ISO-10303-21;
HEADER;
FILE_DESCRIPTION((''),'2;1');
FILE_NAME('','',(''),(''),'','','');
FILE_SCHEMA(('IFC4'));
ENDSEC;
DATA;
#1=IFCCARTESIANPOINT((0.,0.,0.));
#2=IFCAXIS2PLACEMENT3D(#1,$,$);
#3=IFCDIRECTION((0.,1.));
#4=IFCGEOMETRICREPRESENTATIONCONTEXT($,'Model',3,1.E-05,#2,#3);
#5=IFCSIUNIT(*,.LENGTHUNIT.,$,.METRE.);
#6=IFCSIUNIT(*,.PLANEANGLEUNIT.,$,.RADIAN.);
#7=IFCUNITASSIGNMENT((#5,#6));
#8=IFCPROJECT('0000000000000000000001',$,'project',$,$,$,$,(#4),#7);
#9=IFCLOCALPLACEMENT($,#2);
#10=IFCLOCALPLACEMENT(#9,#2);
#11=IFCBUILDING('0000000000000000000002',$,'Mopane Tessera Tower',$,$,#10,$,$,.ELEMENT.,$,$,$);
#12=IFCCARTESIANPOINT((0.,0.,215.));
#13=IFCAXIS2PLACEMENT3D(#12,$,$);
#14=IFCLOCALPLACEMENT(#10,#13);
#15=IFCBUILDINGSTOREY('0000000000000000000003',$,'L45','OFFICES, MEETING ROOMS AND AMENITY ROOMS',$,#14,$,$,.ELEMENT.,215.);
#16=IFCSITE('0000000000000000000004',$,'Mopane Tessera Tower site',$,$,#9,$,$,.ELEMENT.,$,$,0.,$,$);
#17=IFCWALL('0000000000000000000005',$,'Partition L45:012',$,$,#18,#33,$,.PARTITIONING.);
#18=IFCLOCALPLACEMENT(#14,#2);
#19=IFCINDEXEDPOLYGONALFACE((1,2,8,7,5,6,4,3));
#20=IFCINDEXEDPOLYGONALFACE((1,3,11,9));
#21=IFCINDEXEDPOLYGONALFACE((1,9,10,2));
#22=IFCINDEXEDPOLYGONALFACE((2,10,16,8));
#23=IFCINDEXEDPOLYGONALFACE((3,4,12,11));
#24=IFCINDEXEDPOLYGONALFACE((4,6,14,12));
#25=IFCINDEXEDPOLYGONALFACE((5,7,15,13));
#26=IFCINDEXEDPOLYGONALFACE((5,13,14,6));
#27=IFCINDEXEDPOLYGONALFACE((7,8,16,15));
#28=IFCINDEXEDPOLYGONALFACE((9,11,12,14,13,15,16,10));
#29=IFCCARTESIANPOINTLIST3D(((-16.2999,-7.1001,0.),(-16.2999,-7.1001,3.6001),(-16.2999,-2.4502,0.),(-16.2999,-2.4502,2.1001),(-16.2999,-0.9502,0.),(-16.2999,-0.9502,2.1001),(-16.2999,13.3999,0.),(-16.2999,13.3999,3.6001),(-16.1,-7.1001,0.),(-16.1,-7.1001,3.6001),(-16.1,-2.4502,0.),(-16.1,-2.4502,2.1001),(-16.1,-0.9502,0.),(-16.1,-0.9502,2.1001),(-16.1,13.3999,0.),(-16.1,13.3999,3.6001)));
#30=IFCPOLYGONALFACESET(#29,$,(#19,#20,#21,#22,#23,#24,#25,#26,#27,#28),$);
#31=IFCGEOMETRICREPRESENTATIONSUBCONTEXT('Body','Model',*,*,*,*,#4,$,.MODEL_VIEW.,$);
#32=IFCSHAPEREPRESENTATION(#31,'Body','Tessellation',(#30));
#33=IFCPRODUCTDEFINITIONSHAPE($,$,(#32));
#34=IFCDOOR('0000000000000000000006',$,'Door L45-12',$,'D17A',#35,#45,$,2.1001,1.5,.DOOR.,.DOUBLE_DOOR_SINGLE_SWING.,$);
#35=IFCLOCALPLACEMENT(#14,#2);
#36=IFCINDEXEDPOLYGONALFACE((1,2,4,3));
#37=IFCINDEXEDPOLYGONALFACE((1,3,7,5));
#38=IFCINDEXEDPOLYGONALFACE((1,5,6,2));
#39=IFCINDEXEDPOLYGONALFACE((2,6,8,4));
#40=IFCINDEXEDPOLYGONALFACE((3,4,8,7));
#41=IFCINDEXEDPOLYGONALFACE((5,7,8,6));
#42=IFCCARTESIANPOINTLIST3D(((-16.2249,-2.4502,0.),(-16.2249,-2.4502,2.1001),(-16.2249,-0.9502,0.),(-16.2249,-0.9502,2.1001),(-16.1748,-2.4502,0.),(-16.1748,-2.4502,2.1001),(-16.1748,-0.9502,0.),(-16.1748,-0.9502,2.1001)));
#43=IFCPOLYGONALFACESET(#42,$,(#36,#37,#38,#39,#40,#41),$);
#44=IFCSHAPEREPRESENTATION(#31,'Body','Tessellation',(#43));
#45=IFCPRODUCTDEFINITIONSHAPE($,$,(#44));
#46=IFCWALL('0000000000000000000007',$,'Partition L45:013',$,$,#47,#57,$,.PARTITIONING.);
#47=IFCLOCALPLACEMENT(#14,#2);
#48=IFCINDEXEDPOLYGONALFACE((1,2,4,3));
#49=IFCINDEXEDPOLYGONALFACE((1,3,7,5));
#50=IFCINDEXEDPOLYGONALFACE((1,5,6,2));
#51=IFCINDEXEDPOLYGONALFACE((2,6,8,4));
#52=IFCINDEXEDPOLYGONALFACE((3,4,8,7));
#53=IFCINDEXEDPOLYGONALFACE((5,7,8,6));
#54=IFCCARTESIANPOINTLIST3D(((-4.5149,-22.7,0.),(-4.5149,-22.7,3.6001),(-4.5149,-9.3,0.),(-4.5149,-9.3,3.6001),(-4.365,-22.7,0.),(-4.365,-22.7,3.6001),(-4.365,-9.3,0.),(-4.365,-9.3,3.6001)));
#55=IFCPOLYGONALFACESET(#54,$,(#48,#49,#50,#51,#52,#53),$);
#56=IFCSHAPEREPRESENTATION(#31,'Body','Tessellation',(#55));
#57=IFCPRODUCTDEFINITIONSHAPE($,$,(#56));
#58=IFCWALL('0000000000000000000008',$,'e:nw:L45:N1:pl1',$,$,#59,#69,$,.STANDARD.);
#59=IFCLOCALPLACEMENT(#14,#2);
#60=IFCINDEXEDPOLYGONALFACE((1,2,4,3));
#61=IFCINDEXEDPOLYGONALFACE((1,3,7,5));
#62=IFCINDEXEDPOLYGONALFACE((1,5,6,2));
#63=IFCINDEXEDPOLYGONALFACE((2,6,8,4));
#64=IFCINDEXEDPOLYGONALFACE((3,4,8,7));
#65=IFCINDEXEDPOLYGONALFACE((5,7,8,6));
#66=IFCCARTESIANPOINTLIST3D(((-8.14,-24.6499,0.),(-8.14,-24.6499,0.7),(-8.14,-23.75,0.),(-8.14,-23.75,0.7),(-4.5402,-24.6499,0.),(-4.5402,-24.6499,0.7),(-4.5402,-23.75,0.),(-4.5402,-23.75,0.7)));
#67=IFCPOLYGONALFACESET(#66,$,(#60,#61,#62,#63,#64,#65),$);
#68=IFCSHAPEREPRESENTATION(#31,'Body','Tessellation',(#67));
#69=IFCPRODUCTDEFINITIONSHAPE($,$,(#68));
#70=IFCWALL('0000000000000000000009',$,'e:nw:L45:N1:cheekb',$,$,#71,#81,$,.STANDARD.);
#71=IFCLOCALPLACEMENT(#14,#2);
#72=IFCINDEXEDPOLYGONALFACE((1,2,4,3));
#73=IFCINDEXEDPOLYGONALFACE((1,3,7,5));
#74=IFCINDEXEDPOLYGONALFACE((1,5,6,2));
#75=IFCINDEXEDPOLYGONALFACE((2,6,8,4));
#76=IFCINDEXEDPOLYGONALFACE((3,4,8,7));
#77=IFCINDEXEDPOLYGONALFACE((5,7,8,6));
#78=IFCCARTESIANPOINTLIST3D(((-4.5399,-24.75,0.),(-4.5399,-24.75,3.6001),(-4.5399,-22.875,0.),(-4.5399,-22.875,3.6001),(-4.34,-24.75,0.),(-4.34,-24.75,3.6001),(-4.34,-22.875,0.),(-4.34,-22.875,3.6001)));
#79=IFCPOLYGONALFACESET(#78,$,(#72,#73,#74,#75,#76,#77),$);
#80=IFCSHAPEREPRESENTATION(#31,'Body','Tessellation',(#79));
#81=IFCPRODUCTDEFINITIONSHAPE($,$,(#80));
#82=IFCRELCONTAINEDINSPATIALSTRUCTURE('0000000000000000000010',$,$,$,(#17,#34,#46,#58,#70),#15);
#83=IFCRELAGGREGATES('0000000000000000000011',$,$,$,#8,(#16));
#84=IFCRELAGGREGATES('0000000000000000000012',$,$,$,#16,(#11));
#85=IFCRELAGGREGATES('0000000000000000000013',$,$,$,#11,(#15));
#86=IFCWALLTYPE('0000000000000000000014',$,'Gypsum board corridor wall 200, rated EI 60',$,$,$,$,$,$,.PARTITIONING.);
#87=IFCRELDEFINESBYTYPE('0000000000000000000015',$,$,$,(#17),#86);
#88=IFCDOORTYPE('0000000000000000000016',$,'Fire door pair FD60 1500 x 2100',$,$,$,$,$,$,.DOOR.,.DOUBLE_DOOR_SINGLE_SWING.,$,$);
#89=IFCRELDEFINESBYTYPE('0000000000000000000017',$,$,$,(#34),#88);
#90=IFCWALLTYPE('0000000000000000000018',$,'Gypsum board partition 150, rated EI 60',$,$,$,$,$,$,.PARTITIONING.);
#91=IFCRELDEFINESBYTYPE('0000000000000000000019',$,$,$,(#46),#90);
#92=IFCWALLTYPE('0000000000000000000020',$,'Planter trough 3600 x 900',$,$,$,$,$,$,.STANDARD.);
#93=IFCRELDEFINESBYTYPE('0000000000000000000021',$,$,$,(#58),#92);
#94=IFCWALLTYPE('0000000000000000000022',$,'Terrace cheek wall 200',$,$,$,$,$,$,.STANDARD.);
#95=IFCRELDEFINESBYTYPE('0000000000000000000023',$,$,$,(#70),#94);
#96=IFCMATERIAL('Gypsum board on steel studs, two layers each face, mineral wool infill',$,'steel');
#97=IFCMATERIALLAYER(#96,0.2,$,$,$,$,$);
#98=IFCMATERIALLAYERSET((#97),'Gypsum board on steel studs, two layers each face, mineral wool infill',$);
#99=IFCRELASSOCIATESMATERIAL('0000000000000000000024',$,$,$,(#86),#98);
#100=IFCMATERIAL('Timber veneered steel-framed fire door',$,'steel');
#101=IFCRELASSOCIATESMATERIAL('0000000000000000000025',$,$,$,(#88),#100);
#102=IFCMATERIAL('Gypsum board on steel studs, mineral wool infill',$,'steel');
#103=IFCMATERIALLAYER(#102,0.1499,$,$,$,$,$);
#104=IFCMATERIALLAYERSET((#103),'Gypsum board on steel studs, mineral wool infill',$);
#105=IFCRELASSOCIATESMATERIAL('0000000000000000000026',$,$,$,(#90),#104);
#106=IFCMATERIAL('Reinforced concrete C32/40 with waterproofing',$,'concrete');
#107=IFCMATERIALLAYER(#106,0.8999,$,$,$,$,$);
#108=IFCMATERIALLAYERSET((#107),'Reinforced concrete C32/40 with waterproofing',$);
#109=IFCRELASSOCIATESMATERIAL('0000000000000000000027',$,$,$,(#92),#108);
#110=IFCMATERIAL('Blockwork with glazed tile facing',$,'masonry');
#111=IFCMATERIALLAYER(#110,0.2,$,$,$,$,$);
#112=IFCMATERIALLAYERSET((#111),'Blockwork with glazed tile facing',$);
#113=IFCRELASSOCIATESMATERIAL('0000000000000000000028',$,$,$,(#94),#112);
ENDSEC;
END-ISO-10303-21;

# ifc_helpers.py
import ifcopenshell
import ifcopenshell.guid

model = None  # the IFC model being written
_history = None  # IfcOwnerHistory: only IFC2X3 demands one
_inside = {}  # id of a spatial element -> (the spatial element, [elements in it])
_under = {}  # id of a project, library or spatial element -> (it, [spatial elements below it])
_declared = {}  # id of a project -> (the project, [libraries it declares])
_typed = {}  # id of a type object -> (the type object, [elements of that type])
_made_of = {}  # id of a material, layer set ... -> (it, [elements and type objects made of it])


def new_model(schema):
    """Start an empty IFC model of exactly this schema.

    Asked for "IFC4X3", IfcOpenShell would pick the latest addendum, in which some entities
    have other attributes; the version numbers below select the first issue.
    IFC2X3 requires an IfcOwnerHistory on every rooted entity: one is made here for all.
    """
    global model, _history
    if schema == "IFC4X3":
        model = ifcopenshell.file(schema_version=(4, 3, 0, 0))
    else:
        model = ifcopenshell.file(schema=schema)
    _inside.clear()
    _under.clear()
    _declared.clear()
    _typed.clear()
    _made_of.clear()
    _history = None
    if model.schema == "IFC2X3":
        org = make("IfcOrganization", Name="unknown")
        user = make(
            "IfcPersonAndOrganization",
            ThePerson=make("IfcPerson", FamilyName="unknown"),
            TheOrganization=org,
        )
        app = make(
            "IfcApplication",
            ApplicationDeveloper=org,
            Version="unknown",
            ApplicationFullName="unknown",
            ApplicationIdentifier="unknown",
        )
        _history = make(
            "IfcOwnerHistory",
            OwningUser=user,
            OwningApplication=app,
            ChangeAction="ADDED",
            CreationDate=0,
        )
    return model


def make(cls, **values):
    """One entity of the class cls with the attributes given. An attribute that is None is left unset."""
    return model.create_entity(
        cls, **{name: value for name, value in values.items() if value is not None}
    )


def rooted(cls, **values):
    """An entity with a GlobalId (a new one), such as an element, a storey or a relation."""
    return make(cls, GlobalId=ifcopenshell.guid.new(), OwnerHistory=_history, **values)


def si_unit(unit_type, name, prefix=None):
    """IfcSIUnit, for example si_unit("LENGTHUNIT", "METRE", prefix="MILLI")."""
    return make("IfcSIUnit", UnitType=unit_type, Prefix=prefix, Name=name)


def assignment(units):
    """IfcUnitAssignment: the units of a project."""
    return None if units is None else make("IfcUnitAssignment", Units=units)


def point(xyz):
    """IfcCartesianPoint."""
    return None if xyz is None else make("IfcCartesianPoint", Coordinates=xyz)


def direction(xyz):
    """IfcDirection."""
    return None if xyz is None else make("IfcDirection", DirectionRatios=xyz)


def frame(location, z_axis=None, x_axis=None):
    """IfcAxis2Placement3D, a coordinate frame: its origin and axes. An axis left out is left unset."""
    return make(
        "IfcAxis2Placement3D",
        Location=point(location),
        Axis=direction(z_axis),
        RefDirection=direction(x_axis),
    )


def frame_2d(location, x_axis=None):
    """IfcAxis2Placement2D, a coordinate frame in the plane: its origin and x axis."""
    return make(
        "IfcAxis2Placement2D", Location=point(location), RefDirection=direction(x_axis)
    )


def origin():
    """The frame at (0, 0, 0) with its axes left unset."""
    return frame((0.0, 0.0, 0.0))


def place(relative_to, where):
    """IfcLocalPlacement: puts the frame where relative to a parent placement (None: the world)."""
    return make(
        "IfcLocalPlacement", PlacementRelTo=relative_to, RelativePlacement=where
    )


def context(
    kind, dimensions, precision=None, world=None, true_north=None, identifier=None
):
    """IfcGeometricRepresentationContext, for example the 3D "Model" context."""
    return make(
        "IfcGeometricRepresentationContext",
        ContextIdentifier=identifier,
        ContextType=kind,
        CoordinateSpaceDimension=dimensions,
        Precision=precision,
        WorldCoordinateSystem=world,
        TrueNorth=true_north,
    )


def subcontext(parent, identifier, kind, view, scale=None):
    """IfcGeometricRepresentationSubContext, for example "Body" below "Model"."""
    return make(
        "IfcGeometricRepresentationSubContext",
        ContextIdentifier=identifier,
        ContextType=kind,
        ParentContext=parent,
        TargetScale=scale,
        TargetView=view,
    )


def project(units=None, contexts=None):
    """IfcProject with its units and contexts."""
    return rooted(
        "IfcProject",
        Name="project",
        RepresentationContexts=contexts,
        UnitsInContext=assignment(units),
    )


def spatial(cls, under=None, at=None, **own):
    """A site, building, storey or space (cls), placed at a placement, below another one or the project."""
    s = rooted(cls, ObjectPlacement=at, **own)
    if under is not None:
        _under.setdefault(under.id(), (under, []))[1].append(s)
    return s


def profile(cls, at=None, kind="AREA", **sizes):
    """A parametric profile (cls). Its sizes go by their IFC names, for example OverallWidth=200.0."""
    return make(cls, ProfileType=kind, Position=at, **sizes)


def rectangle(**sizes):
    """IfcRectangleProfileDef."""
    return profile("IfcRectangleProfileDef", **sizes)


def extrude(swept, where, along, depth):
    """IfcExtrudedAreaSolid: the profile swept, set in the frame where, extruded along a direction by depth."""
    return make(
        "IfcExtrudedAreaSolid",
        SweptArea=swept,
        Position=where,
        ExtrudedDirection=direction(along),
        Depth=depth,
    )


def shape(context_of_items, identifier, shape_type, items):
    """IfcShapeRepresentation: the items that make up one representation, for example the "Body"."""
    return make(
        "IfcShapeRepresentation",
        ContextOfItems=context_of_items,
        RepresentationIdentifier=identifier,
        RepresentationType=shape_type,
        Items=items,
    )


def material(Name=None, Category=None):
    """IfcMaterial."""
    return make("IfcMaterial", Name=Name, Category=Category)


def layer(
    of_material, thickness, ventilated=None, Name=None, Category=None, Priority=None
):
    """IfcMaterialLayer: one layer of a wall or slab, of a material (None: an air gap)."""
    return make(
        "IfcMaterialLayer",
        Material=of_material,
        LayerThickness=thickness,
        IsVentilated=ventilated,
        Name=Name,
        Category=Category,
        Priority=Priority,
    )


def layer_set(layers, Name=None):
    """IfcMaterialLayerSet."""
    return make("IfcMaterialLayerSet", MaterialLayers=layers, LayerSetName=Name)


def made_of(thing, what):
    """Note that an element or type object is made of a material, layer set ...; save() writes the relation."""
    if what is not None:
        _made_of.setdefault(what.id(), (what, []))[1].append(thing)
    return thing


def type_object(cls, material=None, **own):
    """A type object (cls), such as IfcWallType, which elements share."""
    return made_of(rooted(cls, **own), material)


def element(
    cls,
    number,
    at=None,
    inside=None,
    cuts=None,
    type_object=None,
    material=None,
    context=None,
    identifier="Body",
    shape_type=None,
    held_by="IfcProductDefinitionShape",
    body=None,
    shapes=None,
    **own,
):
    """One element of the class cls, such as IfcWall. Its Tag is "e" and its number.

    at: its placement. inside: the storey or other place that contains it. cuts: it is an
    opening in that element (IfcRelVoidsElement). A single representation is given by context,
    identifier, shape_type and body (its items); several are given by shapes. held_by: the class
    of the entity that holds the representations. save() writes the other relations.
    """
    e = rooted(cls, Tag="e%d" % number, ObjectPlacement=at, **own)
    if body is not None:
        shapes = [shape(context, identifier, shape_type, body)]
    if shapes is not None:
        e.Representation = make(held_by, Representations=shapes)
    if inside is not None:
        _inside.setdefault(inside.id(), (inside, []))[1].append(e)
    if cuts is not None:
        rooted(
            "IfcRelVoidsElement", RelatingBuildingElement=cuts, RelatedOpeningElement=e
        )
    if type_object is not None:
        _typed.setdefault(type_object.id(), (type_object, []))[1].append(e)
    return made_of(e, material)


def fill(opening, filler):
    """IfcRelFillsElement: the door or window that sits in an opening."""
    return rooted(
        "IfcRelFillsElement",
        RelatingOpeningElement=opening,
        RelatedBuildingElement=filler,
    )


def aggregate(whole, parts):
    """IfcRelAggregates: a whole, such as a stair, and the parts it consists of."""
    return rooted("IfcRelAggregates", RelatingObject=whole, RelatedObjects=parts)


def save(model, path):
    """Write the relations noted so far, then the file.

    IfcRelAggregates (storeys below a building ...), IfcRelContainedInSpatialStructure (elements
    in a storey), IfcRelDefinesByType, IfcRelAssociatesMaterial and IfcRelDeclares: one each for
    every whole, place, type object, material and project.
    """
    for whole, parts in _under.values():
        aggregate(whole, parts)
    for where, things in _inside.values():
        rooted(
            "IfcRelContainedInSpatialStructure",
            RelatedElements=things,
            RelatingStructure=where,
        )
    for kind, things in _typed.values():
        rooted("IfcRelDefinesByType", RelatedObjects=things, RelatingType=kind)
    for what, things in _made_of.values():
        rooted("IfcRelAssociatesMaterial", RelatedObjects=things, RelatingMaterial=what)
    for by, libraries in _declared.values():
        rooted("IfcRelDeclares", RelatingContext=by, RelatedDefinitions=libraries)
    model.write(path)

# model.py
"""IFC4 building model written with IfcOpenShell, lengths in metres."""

from ifc_helpers import new_model, si_unit, direction, frame, frame_2d, origin, place, context, subcontext, project, spatial, rectangle, extrude, material, layer, layer_set, type_object, element, fill, save


model = new_model("IFC4")

# Units and contexts
model_context = context("Model", 3, precision=1e-05, world=origin(), true_north=direction((0.0, 1.0)))
body_context = subcontext(model_context, "Body", "Model", "MODEL_VIEW")
ifc_project = project(units=[si_unit("LENGTHUNIT", "METRE"), si_unit("PLANEANGLEUNIT", "RADIAN")], contexts=[model_context])

# Site, building, storey
site_placement = place(None, origin())
site = spatial("IfcSite", under=ifc_project, at=site_placement, Name="Mopane Tessera Tower site", CompositionType="ELEMENT", RefElevation=0.0)
building_placement = place(site_placement, origin())
building = spatial("IfcBuilding", under=site, at=building_placement, Name="Mopane Tessera Tower", CompositionType="ELEMENT")
storey_placement = place(building_placement, frame((0.0, 0.0, 215.0)))
storey = spatial("IfcBuildingStorey", under=building, at=storey_placement, Name="L45", Description="OFFICES, MEETING ROOMS AND AMENITY ROOMS", CompositionType="ELEMENT", Elevation=215.0)

# Wall, opening, door
ifc_material_1 = material(Name="Gypsum board on steel studs, two layers each face, mineral wool infill", Category="steel")
ifc_layer_1 = layer(ifc_material_1, 0.2)
ifc_layer_set_1 = layer_set([ifc_layer_1], Name="Gypsum board on steel studs, two layers each face, mineral wool infill")
wall_type_1 = type_object("IfcWallType", Name="Gypsum board corridor wall 200, rated EI 60", PredefinedType="PARTITIONING", material=ifc_layer_set_1)
wall_1_placement = place(storey_placement, frame((-16.2, -7.1001, 0.0), z_axis=(0.0, 0.0, 1.0), x_axis=(0.0, 1.0, 0.0)))
wall_1 = element("IfcWall", 1, at=wall_1_placement, inside=storey, type_object=wall_type_1, Name="Partition L45:012", PredefinedType="PARTITIONING", context=body_context, shape_type="SweptSolid", body=[
    extrude(rectangle(XDim=20.5, YDim=0.2, at=frame_2d((10.25, 0.0))), origin(), (0.0, 0.0, 1.0), 3.6001),
])
opening_1_placement = place(wall_1_placement, frame((4.6499, 0.0, 0.0)))
opening_1 = element("IfcOpeningElement", 2, at=opening_1_placement, cuts=wall_1, PredefinedType="OPENING", context=body_context, shape_type="SweptSolid", body=[
    extrude(rectangle(XDim=1.5, YDim=2.1001, at=frame_2d((0.75, 1.05))), frame((0.0, 0.1121, 0.0), z_axis=(0.0, -1.0, 0.0), x_axis=(1.0, 0.0, 0.0)), (0.0, 0.0, 1.0), 0.2239),
])
ifc_material_2 = material(Name="Timber veneered steel-framed fire door", Category="steel")
door_type_1 = type_object("IfcDoorType", Name="Fire door pair FD60 1500 x 2100", OperationType="DOUBLE_DOOR_SINGLE_SWING", PredefinedType="DOOR", material=ifc_material_2)
door_1_placement = place(opening_1_placement, origin())
door_1 = element("IfcDoor", 3, at=door_1_placement, inside=storey, type_object=door_type_1, Name="Door L45-12", ObjectType="D17A", OperationType="DOUBLE_DOOR_SINGLE_SWING", OverallHeight=2.1001, OverallWidth=1.5, PredefinedType="DOOR", context=body_context, shape_type="SweptSolid", body=[
    extrude(rectangle(XDim=1.5, YDim=2.1001, at=frame_2d((0.75, 1.05))), frame((0.0, 0.0249, 0.0), z_axis=(0.0, -1.0, 0.0), x_axis=(1.0, 0.0, 0.0)), (0.0, 0.0, 1.0), 0.05),
])
fill(opening_1, door_1)

# Walls
ifc_material_3 = material(Name="Gypsum board on steel studs, mineral wool infill", Category="steel")
ifc_layer_2 = layer(ifc_material_3, 0.1499)
ifc_layer_set_2 = layer_set([ifc_layer_2], Name="Gypsum board on steel studs, mineral wool infill")
wall_type_2 = type_object("IfcWallType", Name="Gypsum board partition 150, rated EI 60", PredefinedType="PARTITIONING", material=ifc_layer_set_2)
wall_2_placement = place(storey_placement, frame((-4.4399, -22.7, 0.0), z_axis=(0.0, 0.0, 1.0), x_axis=(0.0, 1.0, 0.0)))
element("IfcWall", 4, at=wall_2_placement, inside=storey, type_object=wall_type_2, Name="Partition L45:013", PredefinedType="PARTITIONING", context=body_context, shape_type="SweptSolid", body=[
    extrude(rectangle(XDim=13.3999, YDim=0.1499, at=frame_2d((6.7, 0.0))), origin(), (0.0, 0.0, 1.0), 3.6001),
])
ifc_material_4 = material(Name="Reinforced concrete C32/40 with waterproofing", Category="concrete")
ifc_layer_3 = layer(ifc_material_4, 0.8999)
ifc_layer_set_3 = layer_set([ifc_layer_3], Name="Reinforced concrete C32/40 with waterproofing")
wall_type_3 = type_object("IfcWallType", Name="Planter trough 3600 x 900", PredefinedType="STANDARD", material=ifc_layer_set_3)
wall_3_placement = place(storey_placement, frame((-8.1399, -24.2, 0.0), z_axis=(0.0, 0.0, 1.0), x_axis=(1.0, 0.0, 0.0)))
element("IfcWall", 5, at=wall_3_placement, inside=storey, type_object=wall_type_3, Name="e:nw:L45:N1:pl1", PredefinedType="STANDARD", context=body_context, shape_type="SweptSolid", body=[
    extrude(rectangle(XDim=3.5999, YDim=0.8999, at=frame_2d((1.7998, 0.0))), origin(), (0.0, 0.0, 1.0), 0.7),
])
ifc_material_5 = material(Name="Blockwork with glazed tile facing", Category="masonry")
ifc_layer_4 = layer(ifc_material_5, 0.2)
ifc_layer_set_4 = layer_set([ifc_layer_4], Name="Blockwork with glazed tile facing")
wall_type_4 = type_object("IfcWallType", Name="Terrace cheek wall 200", PredefinedType="STANDARD", material=ifc_layer_set_4)
wall_4_placement = place(storey_placement, frame((-4.4399, -24.75, 0.0), z_axis=(0.0, 0.0, 1.0), x_axis=(0.0, 1.0, 0.0)))
element("IfcWall", 6, at=wall_4_placement, inside=storey, type_object=wall_type_4, Name="e:nw:L45:N1:cheekb", PredefinedType="STANDARD", context=body_context, shape_type="SweptSolid", body=[
    extrude(rectangle(XDim=1.875, YDim=0.2, at=frame_2d((0.9375, 0.0))), origin(), (0.0, 0.0, 1.0), 3.6001),
])

save(model, "model.ifc")
